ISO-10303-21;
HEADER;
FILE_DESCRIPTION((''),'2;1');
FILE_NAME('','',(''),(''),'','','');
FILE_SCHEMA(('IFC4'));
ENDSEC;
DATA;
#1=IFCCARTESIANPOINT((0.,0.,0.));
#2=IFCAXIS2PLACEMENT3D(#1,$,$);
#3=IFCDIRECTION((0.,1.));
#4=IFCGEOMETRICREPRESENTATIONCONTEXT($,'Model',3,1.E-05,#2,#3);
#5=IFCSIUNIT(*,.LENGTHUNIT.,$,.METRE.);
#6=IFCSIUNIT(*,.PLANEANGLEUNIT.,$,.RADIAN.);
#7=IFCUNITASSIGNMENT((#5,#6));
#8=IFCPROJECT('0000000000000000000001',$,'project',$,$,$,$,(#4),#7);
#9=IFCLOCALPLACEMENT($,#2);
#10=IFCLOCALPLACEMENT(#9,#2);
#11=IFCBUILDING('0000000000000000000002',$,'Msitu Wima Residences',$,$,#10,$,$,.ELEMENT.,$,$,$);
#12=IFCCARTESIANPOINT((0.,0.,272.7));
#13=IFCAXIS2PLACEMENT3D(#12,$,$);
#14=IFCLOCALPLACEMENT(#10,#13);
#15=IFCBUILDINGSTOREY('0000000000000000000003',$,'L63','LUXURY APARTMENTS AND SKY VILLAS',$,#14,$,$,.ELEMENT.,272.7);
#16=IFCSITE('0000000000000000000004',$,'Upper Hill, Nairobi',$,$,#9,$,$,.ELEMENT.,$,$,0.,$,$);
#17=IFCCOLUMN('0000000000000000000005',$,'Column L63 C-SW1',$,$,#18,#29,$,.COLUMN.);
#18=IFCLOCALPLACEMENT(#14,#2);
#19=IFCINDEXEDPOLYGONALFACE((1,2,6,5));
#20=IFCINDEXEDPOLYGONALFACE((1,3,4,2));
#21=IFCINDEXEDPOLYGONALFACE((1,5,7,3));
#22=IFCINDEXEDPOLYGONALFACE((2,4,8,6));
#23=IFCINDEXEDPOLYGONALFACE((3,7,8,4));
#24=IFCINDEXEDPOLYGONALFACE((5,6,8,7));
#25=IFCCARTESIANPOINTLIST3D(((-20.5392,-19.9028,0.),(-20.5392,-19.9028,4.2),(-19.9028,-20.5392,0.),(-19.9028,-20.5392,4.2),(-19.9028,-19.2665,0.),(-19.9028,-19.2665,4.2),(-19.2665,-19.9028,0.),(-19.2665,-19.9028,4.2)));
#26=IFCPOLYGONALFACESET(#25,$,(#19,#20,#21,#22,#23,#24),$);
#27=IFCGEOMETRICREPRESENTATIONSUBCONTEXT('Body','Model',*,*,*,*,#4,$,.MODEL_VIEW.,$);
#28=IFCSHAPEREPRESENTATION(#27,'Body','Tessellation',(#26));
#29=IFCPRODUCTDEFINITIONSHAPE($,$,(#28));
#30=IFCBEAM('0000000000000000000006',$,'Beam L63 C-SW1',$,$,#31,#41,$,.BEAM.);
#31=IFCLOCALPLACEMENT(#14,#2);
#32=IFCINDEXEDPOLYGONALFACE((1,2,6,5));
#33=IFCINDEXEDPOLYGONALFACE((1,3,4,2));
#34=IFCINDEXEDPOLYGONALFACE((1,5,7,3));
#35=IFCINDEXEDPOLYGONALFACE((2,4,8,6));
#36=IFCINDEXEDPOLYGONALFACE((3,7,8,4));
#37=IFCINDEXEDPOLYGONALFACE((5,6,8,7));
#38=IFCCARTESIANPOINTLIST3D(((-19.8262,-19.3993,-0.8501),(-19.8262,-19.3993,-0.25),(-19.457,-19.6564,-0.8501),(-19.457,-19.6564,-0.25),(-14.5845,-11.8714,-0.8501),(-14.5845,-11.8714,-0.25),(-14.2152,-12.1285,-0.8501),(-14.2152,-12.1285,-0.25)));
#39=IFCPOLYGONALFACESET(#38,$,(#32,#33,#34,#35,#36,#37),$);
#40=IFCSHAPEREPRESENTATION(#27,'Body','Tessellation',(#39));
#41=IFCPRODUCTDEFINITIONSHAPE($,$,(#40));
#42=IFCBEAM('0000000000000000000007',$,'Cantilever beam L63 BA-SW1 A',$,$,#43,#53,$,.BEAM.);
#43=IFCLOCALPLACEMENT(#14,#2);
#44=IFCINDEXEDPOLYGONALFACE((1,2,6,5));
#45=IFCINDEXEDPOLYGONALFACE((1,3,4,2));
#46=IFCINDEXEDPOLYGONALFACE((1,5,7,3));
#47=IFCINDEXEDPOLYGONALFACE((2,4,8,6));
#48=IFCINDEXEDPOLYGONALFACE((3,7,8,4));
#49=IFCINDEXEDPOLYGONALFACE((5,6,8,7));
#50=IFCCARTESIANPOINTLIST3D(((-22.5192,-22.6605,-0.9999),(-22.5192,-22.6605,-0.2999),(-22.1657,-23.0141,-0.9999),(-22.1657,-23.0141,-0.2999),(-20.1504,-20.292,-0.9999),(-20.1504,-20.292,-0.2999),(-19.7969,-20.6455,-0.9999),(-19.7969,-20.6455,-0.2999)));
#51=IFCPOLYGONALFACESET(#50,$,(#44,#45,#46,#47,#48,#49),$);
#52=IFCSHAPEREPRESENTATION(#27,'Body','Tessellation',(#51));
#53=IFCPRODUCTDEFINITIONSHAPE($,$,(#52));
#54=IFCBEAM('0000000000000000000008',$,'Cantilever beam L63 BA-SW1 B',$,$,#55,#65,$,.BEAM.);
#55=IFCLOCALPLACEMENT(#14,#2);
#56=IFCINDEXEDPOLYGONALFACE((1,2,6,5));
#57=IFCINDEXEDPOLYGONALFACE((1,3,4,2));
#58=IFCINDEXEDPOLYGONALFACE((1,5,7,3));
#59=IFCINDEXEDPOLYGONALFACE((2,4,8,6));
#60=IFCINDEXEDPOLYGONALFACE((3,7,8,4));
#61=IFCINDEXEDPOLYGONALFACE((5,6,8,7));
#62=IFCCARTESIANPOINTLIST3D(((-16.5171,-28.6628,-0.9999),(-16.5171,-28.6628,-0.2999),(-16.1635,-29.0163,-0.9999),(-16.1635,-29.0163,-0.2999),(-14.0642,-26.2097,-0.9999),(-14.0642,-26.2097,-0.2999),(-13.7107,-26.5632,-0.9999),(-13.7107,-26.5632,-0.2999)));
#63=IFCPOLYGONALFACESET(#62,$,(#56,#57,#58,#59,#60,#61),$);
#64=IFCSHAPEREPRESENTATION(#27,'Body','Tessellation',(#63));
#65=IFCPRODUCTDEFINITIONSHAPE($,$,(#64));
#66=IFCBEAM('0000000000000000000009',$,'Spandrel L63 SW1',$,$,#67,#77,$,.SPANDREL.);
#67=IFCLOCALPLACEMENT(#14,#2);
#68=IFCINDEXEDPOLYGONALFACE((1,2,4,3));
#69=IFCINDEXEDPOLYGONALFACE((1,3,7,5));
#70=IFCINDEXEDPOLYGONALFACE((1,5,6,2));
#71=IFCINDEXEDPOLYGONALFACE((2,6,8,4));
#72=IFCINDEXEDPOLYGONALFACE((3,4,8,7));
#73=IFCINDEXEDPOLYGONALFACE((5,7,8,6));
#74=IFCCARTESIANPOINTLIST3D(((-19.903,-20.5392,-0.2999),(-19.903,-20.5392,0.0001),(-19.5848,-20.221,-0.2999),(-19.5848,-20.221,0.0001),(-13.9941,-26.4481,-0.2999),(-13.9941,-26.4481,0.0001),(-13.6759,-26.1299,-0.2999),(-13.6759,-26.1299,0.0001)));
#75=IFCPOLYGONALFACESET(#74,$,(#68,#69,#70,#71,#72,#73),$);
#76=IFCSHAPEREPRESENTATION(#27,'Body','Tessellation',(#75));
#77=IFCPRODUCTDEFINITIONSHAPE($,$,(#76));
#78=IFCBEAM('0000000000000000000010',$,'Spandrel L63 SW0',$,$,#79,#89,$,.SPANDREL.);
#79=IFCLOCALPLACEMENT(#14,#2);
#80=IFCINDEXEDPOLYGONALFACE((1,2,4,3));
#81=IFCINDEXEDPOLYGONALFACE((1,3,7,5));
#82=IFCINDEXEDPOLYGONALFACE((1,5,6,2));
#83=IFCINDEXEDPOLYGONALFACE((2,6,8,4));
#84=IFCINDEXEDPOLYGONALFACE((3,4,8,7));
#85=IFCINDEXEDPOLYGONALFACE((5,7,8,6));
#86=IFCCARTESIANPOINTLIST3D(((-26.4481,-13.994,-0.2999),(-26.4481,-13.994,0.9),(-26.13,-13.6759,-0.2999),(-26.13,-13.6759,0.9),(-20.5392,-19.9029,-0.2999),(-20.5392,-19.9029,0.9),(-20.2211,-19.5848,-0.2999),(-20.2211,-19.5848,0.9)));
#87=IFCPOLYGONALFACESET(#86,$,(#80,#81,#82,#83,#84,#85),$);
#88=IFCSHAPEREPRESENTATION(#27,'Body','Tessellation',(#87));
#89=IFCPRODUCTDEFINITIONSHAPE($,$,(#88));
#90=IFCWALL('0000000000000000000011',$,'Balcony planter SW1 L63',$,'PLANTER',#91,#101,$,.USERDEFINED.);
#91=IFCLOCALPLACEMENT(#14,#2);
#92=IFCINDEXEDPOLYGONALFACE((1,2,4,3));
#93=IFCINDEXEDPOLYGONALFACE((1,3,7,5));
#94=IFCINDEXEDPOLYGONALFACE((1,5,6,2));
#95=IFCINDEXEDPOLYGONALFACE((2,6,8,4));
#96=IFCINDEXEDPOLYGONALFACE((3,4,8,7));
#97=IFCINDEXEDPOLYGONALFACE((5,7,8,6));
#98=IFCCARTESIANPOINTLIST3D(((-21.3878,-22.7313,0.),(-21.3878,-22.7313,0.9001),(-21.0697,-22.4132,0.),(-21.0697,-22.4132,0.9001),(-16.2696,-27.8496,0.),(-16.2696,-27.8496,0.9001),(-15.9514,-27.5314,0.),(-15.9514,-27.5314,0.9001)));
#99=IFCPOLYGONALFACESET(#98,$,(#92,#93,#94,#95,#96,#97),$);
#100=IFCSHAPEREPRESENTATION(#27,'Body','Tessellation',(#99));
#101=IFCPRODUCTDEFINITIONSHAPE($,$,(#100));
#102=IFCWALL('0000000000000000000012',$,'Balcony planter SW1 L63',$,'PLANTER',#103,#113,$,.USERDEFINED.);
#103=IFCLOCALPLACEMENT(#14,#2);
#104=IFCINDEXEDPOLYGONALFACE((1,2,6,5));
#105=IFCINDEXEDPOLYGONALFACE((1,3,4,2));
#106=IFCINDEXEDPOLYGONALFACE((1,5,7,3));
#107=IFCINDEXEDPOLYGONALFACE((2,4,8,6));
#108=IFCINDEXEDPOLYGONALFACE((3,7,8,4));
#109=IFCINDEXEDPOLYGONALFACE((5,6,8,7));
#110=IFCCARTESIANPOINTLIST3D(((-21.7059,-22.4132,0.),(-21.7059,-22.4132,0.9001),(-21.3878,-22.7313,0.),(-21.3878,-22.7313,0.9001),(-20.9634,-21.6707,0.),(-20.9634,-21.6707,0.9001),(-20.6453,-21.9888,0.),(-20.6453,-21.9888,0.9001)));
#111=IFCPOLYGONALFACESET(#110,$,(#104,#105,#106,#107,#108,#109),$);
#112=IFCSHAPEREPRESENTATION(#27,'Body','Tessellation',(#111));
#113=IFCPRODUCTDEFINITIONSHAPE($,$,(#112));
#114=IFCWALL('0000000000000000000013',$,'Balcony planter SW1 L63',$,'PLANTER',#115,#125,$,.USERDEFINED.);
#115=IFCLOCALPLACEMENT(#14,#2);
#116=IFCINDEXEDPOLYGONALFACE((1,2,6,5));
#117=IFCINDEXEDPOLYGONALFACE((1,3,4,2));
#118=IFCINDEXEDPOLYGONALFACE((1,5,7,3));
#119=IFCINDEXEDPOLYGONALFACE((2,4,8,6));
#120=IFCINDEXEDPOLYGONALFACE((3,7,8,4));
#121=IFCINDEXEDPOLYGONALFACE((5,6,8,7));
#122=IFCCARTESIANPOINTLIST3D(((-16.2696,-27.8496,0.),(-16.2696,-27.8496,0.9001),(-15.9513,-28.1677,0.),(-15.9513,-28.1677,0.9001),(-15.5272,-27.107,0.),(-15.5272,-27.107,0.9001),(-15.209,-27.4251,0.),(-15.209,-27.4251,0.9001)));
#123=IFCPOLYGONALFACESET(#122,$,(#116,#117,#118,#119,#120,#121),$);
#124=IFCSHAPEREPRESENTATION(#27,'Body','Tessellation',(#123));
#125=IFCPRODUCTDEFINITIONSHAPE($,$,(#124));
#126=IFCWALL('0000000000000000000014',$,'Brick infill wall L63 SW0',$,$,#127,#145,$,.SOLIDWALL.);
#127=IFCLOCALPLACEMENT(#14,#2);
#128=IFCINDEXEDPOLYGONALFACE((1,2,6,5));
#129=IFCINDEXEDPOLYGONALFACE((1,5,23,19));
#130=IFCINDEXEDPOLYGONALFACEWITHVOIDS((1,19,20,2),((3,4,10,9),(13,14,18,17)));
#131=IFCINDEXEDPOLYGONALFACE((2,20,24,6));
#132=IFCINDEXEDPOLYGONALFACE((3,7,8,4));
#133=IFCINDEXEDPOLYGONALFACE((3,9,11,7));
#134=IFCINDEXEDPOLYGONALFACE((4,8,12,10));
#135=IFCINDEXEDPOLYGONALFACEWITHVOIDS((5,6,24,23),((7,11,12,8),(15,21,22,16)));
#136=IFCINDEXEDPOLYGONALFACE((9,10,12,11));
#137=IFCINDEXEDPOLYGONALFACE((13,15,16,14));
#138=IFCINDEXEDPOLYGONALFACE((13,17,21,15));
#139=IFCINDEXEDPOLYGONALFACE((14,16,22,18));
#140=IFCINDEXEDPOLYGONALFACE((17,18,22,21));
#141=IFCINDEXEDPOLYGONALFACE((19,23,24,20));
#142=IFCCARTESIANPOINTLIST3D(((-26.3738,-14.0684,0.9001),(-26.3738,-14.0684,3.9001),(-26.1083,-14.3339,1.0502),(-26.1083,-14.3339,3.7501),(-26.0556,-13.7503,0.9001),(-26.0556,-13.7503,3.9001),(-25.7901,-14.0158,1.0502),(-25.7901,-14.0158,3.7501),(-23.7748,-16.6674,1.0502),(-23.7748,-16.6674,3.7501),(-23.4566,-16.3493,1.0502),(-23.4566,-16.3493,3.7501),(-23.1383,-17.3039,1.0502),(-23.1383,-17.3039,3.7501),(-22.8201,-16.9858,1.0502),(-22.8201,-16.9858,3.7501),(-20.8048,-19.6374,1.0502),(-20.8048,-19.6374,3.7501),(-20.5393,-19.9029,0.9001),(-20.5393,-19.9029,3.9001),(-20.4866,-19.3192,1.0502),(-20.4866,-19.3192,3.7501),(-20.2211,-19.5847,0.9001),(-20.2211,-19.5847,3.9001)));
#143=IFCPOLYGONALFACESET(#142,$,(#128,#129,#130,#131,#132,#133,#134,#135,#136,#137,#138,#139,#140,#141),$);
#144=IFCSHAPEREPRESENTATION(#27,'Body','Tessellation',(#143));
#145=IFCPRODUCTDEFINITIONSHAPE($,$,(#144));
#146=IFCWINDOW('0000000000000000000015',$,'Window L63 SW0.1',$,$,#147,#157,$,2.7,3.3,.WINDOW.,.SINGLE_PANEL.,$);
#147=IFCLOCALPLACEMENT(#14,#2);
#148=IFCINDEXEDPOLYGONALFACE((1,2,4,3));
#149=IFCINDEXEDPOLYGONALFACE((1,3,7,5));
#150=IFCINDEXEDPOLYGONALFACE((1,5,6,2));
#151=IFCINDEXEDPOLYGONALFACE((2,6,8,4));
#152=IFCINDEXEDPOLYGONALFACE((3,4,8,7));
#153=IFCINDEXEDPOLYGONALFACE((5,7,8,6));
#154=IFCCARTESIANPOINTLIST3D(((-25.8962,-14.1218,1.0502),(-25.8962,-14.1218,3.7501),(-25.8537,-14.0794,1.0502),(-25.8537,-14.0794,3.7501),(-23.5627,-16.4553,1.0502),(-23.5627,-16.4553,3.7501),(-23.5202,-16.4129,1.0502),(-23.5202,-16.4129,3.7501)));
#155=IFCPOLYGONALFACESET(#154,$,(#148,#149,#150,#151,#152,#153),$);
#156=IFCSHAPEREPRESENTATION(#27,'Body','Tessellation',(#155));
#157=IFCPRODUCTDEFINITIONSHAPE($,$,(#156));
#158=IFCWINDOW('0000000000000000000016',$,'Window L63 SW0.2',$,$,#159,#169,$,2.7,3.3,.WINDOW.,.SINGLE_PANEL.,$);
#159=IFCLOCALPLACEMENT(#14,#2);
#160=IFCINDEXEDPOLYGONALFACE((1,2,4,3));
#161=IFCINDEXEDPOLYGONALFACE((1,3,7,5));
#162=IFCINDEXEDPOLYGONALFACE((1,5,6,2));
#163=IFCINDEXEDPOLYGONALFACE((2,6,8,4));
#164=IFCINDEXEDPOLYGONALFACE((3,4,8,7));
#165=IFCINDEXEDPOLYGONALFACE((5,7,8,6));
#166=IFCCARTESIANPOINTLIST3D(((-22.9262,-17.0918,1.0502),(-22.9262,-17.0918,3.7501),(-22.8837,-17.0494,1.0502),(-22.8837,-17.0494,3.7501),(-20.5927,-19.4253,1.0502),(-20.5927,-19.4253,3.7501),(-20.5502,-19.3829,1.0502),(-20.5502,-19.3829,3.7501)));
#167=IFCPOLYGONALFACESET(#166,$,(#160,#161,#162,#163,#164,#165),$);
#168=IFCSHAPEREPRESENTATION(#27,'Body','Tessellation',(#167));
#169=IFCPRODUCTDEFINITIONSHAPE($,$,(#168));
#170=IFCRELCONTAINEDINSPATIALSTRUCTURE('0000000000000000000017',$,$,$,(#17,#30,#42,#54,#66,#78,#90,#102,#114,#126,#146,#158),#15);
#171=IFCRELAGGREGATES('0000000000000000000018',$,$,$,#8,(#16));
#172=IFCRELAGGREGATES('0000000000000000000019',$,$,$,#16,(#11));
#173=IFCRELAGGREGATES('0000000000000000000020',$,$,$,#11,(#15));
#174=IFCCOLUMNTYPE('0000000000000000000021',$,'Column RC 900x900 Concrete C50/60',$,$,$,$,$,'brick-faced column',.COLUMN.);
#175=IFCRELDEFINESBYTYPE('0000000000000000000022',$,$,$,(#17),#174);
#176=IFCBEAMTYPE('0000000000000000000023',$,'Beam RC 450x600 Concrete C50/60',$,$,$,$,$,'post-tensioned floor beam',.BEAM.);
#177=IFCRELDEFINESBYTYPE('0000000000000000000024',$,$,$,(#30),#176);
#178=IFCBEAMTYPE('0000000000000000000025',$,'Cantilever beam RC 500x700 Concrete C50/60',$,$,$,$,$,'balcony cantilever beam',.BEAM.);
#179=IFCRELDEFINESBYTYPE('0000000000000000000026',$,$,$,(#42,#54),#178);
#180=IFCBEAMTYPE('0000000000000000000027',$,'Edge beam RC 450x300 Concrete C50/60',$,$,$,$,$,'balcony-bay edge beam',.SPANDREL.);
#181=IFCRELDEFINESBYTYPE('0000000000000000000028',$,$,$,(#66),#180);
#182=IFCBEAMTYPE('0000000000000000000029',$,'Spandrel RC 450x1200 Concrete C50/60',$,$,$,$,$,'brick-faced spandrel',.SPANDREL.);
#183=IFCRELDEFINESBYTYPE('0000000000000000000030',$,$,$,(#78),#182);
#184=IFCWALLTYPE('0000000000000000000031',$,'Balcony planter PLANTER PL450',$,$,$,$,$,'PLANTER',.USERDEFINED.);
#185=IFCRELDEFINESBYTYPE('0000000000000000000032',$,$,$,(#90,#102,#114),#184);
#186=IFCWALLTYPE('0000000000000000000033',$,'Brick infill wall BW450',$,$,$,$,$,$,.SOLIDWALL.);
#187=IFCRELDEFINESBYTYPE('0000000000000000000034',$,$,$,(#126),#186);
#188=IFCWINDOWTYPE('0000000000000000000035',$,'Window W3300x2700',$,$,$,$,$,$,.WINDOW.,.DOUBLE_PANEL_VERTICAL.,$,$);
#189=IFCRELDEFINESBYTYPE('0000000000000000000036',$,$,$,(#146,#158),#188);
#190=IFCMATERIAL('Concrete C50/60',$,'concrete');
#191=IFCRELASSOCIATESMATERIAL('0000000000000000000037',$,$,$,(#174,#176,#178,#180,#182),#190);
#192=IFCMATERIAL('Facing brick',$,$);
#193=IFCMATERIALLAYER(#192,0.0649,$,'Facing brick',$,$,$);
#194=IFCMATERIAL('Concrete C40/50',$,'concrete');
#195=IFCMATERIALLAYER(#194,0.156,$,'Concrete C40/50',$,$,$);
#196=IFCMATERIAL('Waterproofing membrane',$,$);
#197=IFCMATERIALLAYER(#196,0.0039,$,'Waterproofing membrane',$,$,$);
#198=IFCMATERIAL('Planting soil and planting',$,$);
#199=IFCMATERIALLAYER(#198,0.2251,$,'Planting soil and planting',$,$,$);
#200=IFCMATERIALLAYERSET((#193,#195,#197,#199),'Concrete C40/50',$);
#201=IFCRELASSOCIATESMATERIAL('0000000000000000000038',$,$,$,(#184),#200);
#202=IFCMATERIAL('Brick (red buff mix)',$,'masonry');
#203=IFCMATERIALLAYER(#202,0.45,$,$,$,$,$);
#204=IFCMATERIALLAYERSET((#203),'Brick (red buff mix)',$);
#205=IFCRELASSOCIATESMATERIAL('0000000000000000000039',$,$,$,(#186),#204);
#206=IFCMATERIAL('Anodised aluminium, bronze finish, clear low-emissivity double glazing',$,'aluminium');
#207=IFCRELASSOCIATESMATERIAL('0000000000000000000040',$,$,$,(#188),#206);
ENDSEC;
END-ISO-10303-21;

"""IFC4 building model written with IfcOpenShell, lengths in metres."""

from ifc_helpers import new_model, si_unit, direction, frame, frame_2d, origin, origin_2d, place, context, subcontext, project, spatial, rectangle, extrude, material, layer, layer_set, material_profile, profile_set, type_object, element, fill, save


model = new_model("IFC4")

# Units and contexts
model_context = context("Model", 3, precision=1e-05, world=origin(), true_north=direction((0.0, 1.0)))
body_context = subcontext(model_context, "Body", "Model", "MODEL_VIEW")
ifc_project = project(units=[si_unit("LENGTHUNIT", "METRE"), si_unit("PLANEANGLEUNIT", "RADIAN")], contexts=[model_context])

# Site, building, storey
site_placement = place(None, origin())
site = spatial("IfcSite", under=ifc_project, at=site_placement, Name="Upper Hill, Nairobi", CompositionType="ELEMENT", RefElevation=0.0)
building_placement = place(site_placement, origin())
building = spatial("IfcBuilding", under=site, at=building_placement, Name="Msitu Wima Residences", CompositionType="ELEMENT")
storey_placement = place(building_placement, frame((0.0, 0.0, 272.7)))
storey = spatial("IfcBuildingStorey", under=building, at=storey_placement, Name="L63", Description="LUXURY APARTMENTS AND SKY VILLAS", CompositionType="ELEMENT", Elevation=272.7)

# Column
ifc_material_1 = material(Name="Concrete C50/60", Category="concrete")
ifc_material_profile_1 = material_profile(ifc_material_1, rectangle(XDim=0.8999, YDim=0.8999, at=origin_2d()), Name="RC 900x900")
ifc_profile_set_1 = profile_set([ifc_material_profile_1], Name="Concrete C50/60")
column_type = type_object("IfcColumnType", Name="Column RC 900x900 Concrete C50/60", ElementType="brick-faced column", PredefinedType="COLUMN", material=ifc_profile_set_1)
column_placement = place(storey_placement, frame((-19.9028, -19.9028, 0.0), z_axis=(0.0, 0.0, 1.0), x_axis=(0.707107, -0.707107, 0.0)))
element("IfcColumn", 1, at=column_placement, inside=storey, type_object=column_type, Name="Column L63 C-SW1", PredefinedType="COLUMN", context=body_context, shape_type="SweptSolid", body=[
    extrude(rectangle(XDim=0.8999, YDim=0.8999, at=origin_2d()), origin(), (0.0, 0.0, 1.0), 4.2),
])

# Beams
ifc_material_profile_2 = material_profile(ifc_material_1, rectangle(XDim=0.45, YDim=0.6001, at=origin_2d()), Name="RC 450x600")
ifc_profile_set_2 = profile_set([ifc_material_profile_2], Name="Concrete C50/60")
beam_type_1 = type_object("IfcBeamType", Name="Beam RC 450x600 Concrete C50/60", ElementType="post-tensioned floor beam", PredefinedType="BEAM", material=ifc_profile_set_2)
beam_1_placement = place(storey_placement, frame((-19.6416, -19.5278, -0.55), z_axis=(0.571428, 0.820652, 0.0), x_axis=(-0.820652, 0.571428, 0.0)))
element("IfcBeam", 2, at=beam_1_placement, inside=storey, type_object=beam_type_1, Name="Beam L63 C-SW1", PredefinedType="BEAM", context=body_context, shape_type="SweptSolid", body=[
    extrude(rectangle(XDim=0.45, YDim=0.6001, at=origin_2d()), origin(), (0.0, 0.0, 1.0), 9.1731),
])
ifc_material_profile_3 = material_profile(ifc_material_1, rectangle(XDim=0.5, YDim=0.7, at=origin_2d()), Name="RC 500x700")
ifc_profile_set_3 = profile_set([ifc_material_profile_3], Name="Concrete C50/60")
beam_type_2 = type_object("IfcBeamType", Name="Cantilever beam RC 500x700 Concrete C50/60", ElementType="balcony cantilever beam", PredefinedType="BEAM", material=ifc_profile_set_3)
beam_2_placement = place(storey_placement, frame((-19.9736, -20.4688, -0.6499), z_axis=(-0.707143, -0.70707, 0.0), x_axis=(0.70707, -0.707143, 0.0)))
element("IfcBeam", 3, at=beam_2_placement, inside=storey, type_object=beam_type_2, Name="Cantilever beam L63 BA-SW1 A", PredefinedType="BEAM", context=body_context, shape_type="SweptSolid", body=[
    extrude(rectangle(XDim=0.5, YDim=0.7, at=origin_2d()), origin(), (0.0, 0.0, 1.0), 3.3499),
])
beam_3_placement = place(storey_placement, frame((-13.8875, -26.3865, -0.6499), z_axis=(-0.707072, -0.707142, 0.0), x_axis=(0.707142, -0.707072, 0.0)))
element("IfcBeam", 4, at=beam_3_placement, inside=storey, type_object=beam_type_2, Name="Cantilever beam L63 BA-SW1 B", PredefinedType="BEAM", context=body_context, shape_type="SweptSolid", body=[
    extrude(rectangle(XDim=0.5, YDim=0.7, at=origin_2d()), origin(), (0.0, 0.0, 1.0), 3.469),
])
ifc_material_profile_4 = material_profile(ifc_material_1, rectangle(XDim=0.45, YDim=0.3, at=origin_2d()), Name="RC 450x300")
ifc_profile_set_4 = profile_set([ifc_material_profile_4], Name="Concrete C50/60")
beam_type_3 = type_object("IfcBeamType", Name="Edge beam RC 450x300 Concrete C50/60", ElementType="balcony-bay edge beam", PredefinedType="SPANDREL", material=ifc_profile_set_4)
beam_4_placement = place(storey_placement, frame((-19.7439, -20.3801, -0.1499), z_axis=(0.707107, -0.707107, 0.0), x_axis=(0.707107, 0.707107, 0.0)))
element("IfcBeam", 5, at=beam_4_placement, inside=storey, type_object=beam_type_3, Name="Spandrel L63 SW1", PredefinedType="SPANDREL", context=body_context, shape_type="SweptSolid", body=[
    extrude(rectangle(XDim=0.45, YDim=0.3, at=origin_2d()), origin(), (0.0, 0.0, 1.0), 8.3564),
])
ifc_material_profile_5 = material_profile(ifc_material_1, rectangle(XDim=0.45, YDim=1.2, at=origin_2d()), Name="RC 450x1200")
ifc_profile_set_5 = profile_set([ifc_material_profile_5], Name="Concrete C50/60")
beam_type_4 = type_object("IfcBeamType", Name="Spandrel RC 450x1200 Concrete C50/60", ElementType="brick-faced spandrel", PredefinedType="SPANDREL", material=ifc_profile_set_5)
beam_5_placement = place(storey_placement, frame((-26.2891, -13.835, 0.3), z_axis=(0.707107, -0.707107, 0.0), x_axis=(0.707107, 0.707107, 0.0)))
element("IfcBeam", 6, at=beam_5_placement, inside=storey, type_object=beam_type_4, Name="Spandrel L63 SW0", PredefinedType="SPANDREL", context=body_context, shape_type="SweptSolid", body=[
    extrude(rectangle(XDim=0.45, YDim=1.2, at=origin_2d()), origin(), (0.0, 0.0, 1.0), 8.3564),
])

# Walls
ifc_material_2 = material(Name="Facing brick")
ifc_layer_1 = layer(ifc_material_2, 0.0649, Name="Facing brick")
ifc_material_3 = material(Name="Concrete C40/50", Category="concrete")
ifc_layer_2 = layer(ifc_material_3, 0.156, Name="Concrete C40/50")
ifc_material_4 = material(Name="Waterproofing membrane")
ifc_layer_3 = layer(ifc_material_4, 0.0039, Name="Waterproofing membrane")
ifc_material_5 = material(Name="Planting soil and planting")
ifc_layer_4 = layer(ifc_material_5, 0.2251, Name="Planting soil and planting")
ifc_layer_set_1 = layer_set([ifc_layer_1, ifc_layer_2, ifc_layer_3, ifc_layer_4], Name="Concrete C40/50")
wall_type_1 = type_object("IfcWallType", Name="Balcony planter PLANTER PL450", ElementType="PLANTER", PredefinedType="USERDEFINED", material=ifc_layer_set_1)
wall_1_placement = place(storey_placement, frame((-21.2288, -22.5723, 0.0), z_axis=(0.0, 0.0, 1.0), x_axis=(0.707107, -0.707107, 0.0)))
element("IfcWall", 7, at=wall_1_placement, inside=storey, type_object=wall_type_1, Name="Balcony planter SW1 L63", ObjectType="PLANTER", PredefinedType="USERDEFINED", context=body_context, shape_type="SweptSolid", body=[
    extrude(rectangle(XDim=7.2383, YDim=0.45, at=frame_2d((3.6191, 0.0))), origin(), (0.0, 0.0, 1.0), 0.9001),
])
for number, where, z_axis, x_axis, name in (
    (8, (-20.8044, -21.8298, 0.0), (0.0, 0.0, 1.0), (-0.707107, -0.707107, 0.0), "Balcony planter SW1 L63"),
    (9, (-15.3682, -27.2661, 0.0), (0.0, 0.0, 1.0), (-0.706991, -0.707223, 0.0), "Balcony planter SW1 L63"),
):
    element("IfcWall", number, at=place(storey_placement, frame(where, z_axis=z_axis, x_axis=x_axis)), inside=storey, type_object=wall_type_1, Name=name, ObjectType="PLANTER", PredefinedType="USERDEFINED", context=body_context, shape_type="SweptSolid", body=[
        extrude(rectangle(XDim=1.05, YDim=0.45, at=frame_2d((0.5249, 0.0))), origin(), (0.0, 0.0, 1.0), 0.9001),
    ])

# Wall, openings, windows
ifc_material_6 = material(Name="Brick (red buff mix)", Category="masonry")
ifc_layer_5 = layer(ifc_material_6, 0.45)
ifc_layer_set_2 = layer_set([ifc_layer_5], Name="Brick (red buff mix)")
wall_type_2 = type_object("IfcWallType", Name="Brick infill wall BW450", PredefinedType="SOLIDWALL", material=ifc_layer_set_2)
wall_2_placement = place(storey_placement, frame((-26.2146, -13.9094, 0.9001), z_axis=(0.0, 0.0, 1.0), x_axis=(0.707107, -0.707107, 0.0)))
wall_2 = element("IfcWall", 10, at=wall_2_placement, inside=storey, type_object=wall_type_2, Name="Brick infill wall L63 SW0", PredefinedType="SOLIDWALL", context=body_context, shape_type="SweptSolid", body=[
    extrude(rectangle(XDim=8.2512, YDim=0.45, at=frame_2d((4.1255, 0.0))), origin(), (0.0, 0.0, 1.0), 3.0),
])
opening_1_placement = place(wall_2_placement, frame((0.3755, 0.0, 0.1499)))
opening_1 = element("IfcOpeningElement", 11, at=opening_1_placement, cuts=wall_2, PredefinedType="OPENING", context=body_context, shape_type="SweptSolid", body=[
    extrude(rectangle(XDim=3.3, YDim=2.7, at=frame_2d((1.6499, 1.3501))), frame((0.0, 0.2349, 0.0), z_axis=(0.0, -1.0, 0.0), x_axis=(1.0, 0.0, 0.0)), (0.0, 0.0, 1.0), 0.47),
])
opening_2_placement = place(wall_2_placement, frame((4.5757, 0.0, 0.1499)))
opening_2 = element("IfcOpeningElement", 12, at=opening_2_placement, cuts=wall_2, PredefinedType="OPENING", context=body_context, shape_type="SweptSolid", body=[
    extrude(rectangle(XDim=3.3, YDim=2.7, at=frame_2d((1.6499, 1.3501))), frame((0.0, 0.2349, 0.0), z_axis=(0.0, -1.0, 0.0), x_axis=(1.0, 0.0, 0.0)), (0.0, 0.0, 1.0), 0.47),
])
ifc_material_7 = material(Name="Anodised aluminium, bronze finish, clear low-emissivity double glazing", Category="aluminium")
window_type = type_object("IfcWindowType", Name="Window W3300x2700", PartitioningType="DOUBLE_PANEL_VERTICAL", PredefinedType="WINDOW", material=ifc_material_7)
window_1_placement = place(opening_1_placement, origin())
window_1 = element("IfcWindow", 13, at=window_1_placement, inside=storey, type_object=window_type, Name="Window L63 SW0.1", OverallHeight=2.7, OverallWidth=3.3, PartitioningType="SINGLE_PANEL", PredefinedType="WINDOW", context=body_context, shape_type="SweptSolid", body=[
    extrude(rectangle(XDim=3.3, YDim=2.7, at=frame_2d((1.6499, 1.3501))), frame((0.0, 0.135, 0.0), z_axis=(0.0, -1.0, 0.0), x_axis=(1.0, 0.0, 0.0)), (0.0, 0.0, 1.0), 0.0601),
])
fill(opening_1, window_1)
window_2_placement = place(opening_2_placement, origin())
window_2 = element("IfcWindow", 14, at=window_2_placement, inside=storey, type_object=window_type, Name="Window L63 SW0.2", OverallHeight=2.7, OverallWidth=3.3, PartitioningType="SINGLE_PANEL", PredefinedType="WINDOW", context=body_context, shape_type="SweptSolid", body=[
    extrude(rectangle(XDim=3.3, YDim=2.7, at=frame_2d((1.6499, 1.3501))), frame((0.0, 0.135, 0.0), z_axis=(0.0, -1.0, 0.0), x_axis=(1.0, 0.0, 0.0)), (0.0, 0.0, 1.0), 0.0601),
])
fill(opening_2, window_2)

save(model, "model.ifc")
